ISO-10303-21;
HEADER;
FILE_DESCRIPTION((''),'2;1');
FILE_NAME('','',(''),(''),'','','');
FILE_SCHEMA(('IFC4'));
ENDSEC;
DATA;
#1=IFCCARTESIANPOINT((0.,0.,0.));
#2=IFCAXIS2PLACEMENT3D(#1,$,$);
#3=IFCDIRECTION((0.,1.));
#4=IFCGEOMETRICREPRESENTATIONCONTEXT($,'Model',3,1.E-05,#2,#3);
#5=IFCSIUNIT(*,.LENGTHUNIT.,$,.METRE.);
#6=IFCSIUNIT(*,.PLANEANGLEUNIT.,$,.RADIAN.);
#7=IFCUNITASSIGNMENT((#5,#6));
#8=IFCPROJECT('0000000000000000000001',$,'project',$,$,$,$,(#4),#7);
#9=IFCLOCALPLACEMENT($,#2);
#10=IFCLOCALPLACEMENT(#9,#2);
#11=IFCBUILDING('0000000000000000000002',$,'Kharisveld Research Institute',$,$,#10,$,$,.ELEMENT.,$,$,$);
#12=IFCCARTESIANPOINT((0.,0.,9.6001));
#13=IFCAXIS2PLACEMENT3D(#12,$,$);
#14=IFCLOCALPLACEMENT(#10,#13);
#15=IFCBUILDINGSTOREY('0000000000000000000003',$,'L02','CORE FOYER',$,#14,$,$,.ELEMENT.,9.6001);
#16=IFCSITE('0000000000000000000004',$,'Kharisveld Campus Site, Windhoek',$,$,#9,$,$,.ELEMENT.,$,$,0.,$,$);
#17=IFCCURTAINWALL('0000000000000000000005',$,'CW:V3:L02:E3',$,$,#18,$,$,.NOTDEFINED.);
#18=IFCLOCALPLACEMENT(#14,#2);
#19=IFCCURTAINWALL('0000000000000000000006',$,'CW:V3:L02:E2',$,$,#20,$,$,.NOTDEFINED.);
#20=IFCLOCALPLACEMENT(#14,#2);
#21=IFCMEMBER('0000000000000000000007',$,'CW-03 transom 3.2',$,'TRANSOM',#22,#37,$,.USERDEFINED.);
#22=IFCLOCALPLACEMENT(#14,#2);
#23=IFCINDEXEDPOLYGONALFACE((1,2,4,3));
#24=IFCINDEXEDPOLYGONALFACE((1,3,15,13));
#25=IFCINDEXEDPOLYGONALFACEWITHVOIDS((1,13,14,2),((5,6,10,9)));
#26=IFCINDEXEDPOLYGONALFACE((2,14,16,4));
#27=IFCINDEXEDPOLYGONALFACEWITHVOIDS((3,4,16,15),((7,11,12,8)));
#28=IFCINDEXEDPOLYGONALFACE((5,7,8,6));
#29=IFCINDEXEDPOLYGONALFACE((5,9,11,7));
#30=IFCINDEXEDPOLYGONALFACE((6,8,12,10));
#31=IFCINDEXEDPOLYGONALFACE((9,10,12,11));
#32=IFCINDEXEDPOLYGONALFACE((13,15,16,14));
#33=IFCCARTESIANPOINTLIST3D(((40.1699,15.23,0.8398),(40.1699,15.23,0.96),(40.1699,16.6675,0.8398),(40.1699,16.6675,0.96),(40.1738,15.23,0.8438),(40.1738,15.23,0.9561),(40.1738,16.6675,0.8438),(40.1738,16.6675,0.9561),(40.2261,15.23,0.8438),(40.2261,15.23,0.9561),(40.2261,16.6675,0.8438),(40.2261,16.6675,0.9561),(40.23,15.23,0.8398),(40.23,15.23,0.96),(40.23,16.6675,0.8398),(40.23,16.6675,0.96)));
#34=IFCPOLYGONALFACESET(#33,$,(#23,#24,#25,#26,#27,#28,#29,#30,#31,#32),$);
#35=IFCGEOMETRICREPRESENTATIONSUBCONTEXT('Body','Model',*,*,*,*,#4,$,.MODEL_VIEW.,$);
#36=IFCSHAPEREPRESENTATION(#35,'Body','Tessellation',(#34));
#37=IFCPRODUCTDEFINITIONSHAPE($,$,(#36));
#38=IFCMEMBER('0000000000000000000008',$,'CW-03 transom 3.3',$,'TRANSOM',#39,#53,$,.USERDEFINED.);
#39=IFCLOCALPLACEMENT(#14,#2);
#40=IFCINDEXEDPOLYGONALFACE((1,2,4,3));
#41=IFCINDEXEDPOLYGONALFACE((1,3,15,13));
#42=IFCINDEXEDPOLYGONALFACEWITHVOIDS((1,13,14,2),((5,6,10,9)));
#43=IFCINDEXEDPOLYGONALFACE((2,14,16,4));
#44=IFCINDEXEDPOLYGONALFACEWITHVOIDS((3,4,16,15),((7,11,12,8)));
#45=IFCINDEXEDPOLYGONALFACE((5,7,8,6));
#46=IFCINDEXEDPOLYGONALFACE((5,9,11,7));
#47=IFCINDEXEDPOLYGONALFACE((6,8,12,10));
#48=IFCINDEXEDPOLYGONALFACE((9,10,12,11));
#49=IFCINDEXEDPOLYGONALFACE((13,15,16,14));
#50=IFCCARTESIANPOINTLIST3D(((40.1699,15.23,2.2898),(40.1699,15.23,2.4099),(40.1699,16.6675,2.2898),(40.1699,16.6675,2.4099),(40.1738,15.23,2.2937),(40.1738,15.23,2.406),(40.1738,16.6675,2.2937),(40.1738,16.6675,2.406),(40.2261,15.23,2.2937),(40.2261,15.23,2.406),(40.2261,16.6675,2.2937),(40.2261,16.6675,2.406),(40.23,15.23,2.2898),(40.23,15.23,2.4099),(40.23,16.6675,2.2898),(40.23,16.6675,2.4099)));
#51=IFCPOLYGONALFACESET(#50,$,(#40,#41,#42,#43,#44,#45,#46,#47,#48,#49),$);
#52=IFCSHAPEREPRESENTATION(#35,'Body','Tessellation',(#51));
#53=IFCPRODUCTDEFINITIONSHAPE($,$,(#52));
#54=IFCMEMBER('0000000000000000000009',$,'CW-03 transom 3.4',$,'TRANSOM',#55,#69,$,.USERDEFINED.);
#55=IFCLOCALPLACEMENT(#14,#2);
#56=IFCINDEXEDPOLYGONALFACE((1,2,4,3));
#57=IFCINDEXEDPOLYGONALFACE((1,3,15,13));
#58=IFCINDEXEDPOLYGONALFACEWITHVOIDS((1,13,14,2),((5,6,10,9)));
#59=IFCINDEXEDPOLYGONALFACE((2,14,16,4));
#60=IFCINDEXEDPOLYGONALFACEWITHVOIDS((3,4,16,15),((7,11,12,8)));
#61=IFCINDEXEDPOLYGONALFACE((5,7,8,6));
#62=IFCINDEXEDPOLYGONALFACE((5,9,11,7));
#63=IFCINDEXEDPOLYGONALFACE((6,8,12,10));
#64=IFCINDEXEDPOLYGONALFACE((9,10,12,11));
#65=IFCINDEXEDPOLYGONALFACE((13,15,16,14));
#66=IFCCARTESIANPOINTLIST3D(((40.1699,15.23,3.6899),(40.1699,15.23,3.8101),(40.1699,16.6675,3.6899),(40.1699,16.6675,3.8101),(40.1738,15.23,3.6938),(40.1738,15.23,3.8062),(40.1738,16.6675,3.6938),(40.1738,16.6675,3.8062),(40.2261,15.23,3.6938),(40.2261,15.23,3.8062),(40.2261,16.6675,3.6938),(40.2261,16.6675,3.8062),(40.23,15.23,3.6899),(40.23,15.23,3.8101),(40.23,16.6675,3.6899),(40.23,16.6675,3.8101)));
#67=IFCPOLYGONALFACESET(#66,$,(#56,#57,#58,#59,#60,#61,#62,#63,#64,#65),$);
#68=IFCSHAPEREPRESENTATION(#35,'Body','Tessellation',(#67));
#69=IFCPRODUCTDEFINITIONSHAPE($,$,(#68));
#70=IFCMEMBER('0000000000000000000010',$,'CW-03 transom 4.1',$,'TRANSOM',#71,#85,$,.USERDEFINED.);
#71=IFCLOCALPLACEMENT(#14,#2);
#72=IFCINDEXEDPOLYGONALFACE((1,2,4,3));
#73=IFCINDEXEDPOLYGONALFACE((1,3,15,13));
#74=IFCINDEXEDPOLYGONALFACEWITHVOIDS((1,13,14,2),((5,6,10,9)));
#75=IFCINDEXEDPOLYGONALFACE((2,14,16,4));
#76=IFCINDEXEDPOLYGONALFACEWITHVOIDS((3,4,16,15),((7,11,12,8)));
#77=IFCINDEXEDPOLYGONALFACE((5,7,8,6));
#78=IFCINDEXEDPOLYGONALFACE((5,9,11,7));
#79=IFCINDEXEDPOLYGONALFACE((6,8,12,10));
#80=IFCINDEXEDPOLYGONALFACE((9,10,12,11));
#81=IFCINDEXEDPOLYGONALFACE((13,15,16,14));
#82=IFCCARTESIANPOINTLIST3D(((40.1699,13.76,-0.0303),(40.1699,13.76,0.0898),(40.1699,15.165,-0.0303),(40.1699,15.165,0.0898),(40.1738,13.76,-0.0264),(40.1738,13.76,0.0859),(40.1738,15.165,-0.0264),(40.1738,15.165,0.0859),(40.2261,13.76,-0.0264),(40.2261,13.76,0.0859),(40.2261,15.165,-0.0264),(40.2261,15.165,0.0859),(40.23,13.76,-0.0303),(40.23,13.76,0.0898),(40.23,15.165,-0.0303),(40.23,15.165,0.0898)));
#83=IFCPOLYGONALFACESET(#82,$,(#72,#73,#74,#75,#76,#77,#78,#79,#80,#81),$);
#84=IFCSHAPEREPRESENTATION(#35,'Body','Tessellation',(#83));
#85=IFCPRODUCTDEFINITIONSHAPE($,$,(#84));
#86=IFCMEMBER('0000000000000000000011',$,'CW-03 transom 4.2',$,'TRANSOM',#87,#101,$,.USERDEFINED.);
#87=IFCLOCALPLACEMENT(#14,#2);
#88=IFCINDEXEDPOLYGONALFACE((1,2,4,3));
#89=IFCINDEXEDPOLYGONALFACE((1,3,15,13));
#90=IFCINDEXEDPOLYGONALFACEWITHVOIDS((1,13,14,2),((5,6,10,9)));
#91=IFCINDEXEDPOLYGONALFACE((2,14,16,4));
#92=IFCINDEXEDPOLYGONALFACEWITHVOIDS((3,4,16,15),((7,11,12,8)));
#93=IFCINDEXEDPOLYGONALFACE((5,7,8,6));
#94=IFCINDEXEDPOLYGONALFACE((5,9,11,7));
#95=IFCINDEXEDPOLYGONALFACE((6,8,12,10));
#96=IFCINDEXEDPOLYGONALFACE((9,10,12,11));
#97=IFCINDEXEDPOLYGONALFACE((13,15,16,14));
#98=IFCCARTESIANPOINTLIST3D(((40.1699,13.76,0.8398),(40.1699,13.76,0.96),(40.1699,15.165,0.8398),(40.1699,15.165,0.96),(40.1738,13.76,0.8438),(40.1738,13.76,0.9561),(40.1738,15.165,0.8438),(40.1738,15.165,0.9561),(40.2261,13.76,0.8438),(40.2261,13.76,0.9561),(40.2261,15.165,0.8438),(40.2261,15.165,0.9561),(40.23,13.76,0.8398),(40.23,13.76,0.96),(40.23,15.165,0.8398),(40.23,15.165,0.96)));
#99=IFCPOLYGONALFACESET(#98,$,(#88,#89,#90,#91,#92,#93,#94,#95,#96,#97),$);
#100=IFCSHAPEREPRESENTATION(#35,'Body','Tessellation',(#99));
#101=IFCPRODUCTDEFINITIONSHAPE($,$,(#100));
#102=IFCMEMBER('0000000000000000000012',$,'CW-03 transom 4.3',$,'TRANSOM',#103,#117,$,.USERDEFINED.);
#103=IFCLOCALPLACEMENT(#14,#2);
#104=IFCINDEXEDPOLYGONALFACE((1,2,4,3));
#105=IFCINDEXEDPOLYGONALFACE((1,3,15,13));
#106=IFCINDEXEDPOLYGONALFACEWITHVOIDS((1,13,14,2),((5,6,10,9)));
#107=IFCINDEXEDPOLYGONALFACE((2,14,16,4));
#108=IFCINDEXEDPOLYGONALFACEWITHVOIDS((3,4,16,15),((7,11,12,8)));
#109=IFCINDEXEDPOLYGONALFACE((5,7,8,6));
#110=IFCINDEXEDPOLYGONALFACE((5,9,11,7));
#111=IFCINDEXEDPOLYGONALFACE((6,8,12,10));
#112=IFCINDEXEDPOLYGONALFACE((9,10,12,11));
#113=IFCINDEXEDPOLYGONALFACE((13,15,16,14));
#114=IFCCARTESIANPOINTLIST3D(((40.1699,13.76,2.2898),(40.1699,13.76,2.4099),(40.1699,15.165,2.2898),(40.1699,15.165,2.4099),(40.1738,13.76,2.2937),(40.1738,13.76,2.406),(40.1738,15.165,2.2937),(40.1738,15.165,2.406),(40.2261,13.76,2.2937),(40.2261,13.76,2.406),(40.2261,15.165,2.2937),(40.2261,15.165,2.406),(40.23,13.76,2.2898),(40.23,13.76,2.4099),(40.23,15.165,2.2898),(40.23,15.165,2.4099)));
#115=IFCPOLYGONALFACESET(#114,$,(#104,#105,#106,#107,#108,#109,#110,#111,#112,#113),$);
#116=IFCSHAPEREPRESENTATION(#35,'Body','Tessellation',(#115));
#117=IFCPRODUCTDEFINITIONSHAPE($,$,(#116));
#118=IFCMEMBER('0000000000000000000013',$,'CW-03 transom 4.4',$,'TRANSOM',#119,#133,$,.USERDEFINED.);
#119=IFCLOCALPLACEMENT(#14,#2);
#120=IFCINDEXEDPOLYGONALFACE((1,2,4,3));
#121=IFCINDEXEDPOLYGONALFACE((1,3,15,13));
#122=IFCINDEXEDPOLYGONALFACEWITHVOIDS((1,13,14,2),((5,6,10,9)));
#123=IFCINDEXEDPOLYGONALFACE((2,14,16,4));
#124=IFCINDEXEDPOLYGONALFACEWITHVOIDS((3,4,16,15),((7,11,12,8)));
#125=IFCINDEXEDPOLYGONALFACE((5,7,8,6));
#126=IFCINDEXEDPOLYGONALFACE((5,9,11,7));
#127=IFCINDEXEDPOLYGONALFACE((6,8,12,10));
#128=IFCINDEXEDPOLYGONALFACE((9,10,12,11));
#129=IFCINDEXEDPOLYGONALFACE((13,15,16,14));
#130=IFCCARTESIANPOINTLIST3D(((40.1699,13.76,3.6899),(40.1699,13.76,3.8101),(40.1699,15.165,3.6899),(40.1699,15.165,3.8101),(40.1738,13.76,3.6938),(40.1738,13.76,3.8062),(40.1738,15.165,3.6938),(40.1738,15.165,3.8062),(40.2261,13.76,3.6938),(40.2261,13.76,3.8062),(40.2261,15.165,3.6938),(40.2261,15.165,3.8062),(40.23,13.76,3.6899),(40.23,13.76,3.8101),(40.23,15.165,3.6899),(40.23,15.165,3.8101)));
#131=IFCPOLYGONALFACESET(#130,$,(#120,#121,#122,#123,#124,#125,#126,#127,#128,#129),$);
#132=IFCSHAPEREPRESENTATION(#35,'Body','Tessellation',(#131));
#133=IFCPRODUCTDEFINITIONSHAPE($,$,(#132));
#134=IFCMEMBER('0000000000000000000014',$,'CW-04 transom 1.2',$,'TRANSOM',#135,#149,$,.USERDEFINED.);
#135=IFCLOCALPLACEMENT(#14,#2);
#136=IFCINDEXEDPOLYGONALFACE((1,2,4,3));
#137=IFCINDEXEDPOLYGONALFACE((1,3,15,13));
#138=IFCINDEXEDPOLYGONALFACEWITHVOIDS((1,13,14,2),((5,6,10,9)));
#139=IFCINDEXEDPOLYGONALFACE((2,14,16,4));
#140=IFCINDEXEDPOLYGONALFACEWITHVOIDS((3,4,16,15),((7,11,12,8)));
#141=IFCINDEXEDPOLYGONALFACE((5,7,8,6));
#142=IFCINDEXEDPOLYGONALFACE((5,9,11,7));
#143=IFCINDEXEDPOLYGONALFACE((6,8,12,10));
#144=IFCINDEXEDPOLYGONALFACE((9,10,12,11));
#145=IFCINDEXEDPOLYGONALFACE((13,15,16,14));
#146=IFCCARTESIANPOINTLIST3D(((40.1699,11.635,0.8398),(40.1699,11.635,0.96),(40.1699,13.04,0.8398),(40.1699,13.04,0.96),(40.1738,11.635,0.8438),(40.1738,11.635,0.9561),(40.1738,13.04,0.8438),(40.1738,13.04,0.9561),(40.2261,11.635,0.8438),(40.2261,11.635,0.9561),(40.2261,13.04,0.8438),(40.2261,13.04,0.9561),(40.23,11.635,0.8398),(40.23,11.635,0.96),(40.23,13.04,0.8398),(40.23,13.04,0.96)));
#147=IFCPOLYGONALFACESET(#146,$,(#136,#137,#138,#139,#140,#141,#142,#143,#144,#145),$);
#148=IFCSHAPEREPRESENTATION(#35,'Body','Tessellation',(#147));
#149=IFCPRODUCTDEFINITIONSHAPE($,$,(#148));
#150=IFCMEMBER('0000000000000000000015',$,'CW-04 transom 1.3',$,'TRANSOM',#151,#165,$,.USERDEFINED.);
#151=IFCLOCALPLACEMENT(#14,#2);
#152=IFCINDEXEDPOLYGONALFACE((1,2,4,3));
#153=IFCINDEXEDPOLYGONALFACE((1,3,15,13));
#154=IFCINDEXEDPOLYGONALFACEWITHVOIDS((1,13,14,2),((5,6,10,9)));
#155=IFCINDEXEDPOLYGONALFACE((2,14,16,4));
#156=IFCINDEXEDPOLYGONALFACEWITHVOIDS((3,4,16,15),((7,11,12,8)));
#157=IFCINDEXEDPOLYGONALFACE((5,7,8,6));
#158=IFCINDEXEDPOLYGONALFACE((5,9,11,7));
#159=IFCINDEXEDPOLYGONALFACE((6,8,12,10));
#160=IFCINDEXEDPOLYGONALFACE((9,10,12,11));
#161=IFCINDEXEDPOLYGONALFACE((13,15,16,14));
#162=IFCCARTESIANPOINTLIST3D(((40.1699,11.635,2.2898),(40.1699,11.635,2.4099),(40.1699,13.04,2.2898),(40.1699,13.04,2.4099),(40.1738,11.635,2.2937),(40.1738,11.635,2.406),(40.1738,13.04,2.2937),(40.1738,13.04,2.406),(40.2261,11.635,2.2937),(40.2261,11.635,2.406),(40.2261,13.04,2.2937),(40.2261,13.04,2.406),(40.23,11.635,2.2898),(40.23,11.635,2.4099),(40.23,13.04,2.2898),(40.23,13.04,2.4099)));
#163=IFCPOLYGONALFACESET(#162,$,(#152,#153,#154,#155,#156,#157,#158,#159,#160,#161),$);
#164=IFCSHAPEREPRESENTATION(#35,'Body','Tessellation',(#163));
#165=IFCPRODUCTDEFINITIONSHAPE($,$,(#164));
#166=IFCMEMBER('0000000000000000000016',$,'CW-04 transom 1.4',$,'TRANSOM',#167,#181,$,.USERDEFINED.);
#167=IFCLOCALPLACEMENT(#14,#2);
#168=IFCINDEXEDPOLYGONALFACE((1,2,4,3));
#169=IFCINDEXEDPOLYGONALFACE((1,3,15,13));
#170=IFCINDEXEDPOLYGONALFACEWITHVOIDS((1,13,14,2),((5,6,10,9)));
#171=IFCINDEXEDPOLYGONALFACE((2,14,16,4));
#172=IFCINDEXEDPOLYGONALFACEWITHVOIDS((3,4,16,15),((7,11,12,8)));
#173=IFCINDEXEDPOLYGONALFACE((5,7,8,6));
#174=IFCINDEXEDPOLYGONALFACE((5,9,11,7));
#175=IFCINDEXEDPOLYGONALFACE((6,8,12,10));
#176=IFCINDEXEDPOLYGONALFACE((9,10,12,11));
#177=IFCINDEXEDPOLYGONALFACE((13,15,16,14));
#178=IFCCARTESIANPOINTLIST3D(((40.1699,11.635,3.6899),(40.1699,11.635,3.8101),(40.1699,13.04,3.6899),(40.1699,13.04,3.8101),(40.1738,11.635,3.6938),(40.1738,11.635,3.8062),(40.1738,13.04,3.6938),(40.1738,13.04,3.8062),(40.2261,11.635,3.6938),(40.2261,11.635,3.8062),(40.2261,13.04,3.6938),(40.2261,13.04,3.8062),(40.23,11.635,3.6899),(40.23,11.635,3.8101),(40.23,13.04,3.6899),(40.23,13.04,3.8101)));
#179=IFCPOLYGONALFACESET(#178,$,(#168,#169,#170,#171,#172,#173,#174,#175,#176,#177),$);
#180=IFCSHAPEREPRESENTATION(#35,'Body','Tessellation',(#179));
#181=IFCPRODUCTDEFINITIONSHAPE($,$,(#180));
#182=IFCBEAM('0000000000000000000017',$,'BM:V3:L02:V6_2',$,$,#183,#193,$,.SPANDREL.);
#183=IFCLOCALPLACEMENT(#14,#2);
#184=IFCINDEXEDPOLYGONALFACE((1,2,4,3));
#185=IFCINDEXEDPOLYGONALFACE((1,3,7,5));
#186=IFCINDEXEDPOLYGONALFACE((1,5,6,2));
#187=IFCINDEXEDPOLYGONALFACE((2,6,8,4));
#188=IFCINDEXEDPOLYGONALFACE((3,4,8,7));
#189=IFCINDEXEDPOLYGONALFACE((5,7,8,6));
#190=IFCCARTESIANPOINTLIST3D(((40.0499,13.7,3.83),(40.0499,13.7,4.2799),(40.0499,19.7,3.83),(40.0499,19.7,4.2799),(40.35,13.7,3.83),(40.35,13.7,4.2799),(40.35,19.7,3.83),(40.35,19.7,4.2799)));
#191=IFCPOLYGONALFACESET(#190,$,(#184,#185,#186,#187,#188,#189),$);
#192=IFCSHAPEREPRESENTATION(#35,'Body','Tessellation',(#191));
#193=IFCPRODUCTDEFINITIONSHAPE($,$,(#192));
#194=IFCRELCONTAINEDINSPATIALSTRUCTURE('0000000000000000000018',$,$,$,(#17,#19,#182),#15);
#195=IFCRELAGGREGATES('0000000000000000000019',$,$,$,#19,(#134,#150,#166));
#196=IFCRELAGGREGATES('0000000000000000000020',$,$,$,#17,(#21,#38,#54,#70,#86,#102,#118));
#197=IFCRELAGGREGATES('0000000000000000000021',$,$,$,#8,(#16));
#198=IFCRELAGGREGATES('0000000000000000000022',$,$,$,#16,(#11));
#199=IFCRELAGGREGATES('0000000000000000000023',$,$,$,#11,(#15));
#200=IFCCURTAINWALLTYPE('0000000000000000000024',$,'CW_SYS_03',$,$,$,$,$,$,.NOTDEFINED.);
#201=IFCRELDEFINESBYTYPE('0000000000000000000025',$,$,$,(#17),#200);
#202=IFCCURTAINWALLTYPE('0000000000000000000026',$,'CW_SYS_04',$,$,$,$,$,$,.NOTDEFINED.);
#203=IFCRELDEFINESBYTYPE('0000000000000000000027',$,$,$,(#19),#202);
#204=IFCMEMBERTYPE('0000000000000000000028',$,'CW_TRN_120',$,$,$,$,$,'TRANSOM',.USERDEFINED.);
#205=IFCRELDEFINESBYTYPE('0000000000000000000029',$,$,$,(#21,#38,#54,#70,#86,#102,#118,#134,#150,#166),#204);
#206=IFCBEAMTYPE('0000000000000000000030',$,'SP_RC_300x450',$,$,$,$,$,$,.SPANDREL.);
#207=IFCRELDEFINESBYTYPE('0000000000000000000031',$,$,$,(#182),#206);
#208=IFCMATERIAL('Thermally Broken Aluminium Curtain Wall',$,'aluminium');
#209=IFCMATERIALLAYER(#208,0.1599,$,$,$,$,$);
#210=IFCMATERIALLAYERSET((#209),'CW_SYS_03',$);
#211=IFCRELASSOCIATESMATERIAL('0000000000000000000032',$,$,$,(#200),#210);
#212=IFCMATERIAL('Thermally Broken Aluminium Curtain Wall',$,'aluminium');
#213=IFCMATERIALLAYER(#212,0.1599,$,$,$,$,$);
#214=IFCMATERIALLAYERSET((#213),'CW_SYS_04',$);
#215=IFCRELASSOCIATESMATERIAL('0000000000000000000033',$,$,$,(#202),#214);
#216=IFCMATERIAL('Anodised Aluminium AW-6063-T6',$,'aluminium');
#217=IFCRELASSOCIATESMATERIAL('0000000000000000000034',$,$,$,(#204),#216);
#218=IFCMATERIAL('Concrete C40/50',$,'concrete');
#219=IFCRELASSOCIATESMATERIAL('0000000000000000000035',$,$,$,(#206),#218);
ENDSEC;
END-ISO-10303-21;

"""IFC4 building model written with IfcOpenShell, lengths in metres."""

from ifc_helpers import new_model, si_unit, direction, frame, origin, origin_2d, place, context, subcontext, project, spatial, rectangle, hollow_rectangle, extrude, material, layer, layer_set, material_profile, profile_set, type_object, element, aggregate, save


model = new_model("IFC4")

# Units and contexts
model_context = context("Model", 3, precision=1e-05, world=origin(), true_north=direction((0.0, 1.0)))
body_context = subcontext(model_context, "Body", "Model", "MODEL_VIEW")
ifc_project = project(units=[si_unit("LENGTHUNIT", "METRE"), si_unit("PLANEANGLEUNIT", "RADIAN")], contexts=[model_context])

# Site, building, storey
site_placement = place(None, origin())
site = spatial("IfcSite", under=ifc_project, at=site_placement, Name="Kharisveld Campus Site, Windhoek", CompositionType="ELEMENT", RefElevation=0.0)
building_placement = place(site_placement, origin())
building = spatial("IfcBuilding", under=site, at=building_placement, Name="Kharisveld Research Institute", CompositionType="ELEMENT")
storey_placement = place(building_placement, frame((0.0, 0.0, 9.6001)))
storey = spatial("IfcBuildingStorey", under=building, at=storey_placement, Name="L02", Description="CORE FOYER", CompositionType="ELEMENT", Elevation=9.6001)

# Curtain wall
ifc_material_1 = material(Name="Thermally Broken Aluminium Curtain Wall", Category="aluminium")
ifc_layer_1 = layer(ifc_material_1, 0.1599)
ifc_layer_set_1 = layer_set([ifc_layer_1], Name="CW_SYS_03")
curtain_wall_type_1 = type_object("IfcCurtainWallType", Name="CW_SYS_03", PredefinedType="NOTDEFINED", material=ifc_layer_set_1)
curtain_wall_1_placement = place(storey_placement, origin())
curtain_wall_1 = element("IfcCurtainWall", 1, at=curtain_wall_1_placement, inside=storey, type_object=curtain_wall_type_1, Name="CW:V3:L02:E3", PredefinedType="NOTDEFINED")

# Curtain wall
ifc_material_2 = material(Name="Thermally Broken Aluminium Curtain Wall", Category="aluminium")
ifc_layer_2 = layer(ifc_material_2, 0.1599)
ifc_layer_set_2 = layer_set([ifc_layer_2], Name="CW_SYS_04")
curtain_wall_type_2 = type_object("IfcCurtainWallType", Name="CW_SYS_04", PredefinedType="NOTDEFINED", material=ifc_layer_set_2)
curtain_wall_2_placement = place(storey_placement, origin())
curtain_wall_2 = element("IfcCurtainWall", 2, at=curtain_wall_2_placement, inside=storey, type_object=curtain_wall_type_2, Name="CW:V3:L02:E2", PredefinedType="NOTDEFINED")

# Members
ifc_material_3 = material(Name="Anodised Aluminium AW-6063-T6", Category="aluminium")
ifc_material_profile_1 = material_profile(ifc_material_3, hollow_rectangle(XDim=0.0601, YDim=0.1201, WallThickness=0.0039, at=origin_2d()))
ifc_profile_set_1 = profile_set([ifc_material_profile_1], Name="Anodised Aluminium AW-6063-T6")
member_type_1 = type_object("IfcMemberType", Name="CW_TRN_120", ElementType="TRANSOM", PredefinedType="USERDEFINED", material=ifc_profile_set_1)
member_1_placement = place(storey_placement, frame((40.2, 16.6675, 0.8999), z_axis=(0.0, -1.0, 0.0), x_axis=(1.0, 0.0, 0.0)))
member_1 = element("IfcMember", 3, at=member_1_placement, type_object=member_type_1, Name="CW-03 transom 3.2", ObjectType="TRANSOM", PredefinedType="USERDEFINED", context=body_context, shape_type="SweptSolid", body=[
    extrude(hollow_rectangle(XDim=0.0601, YDim=0.1201, WallThickness=0.0039, at=origin_2d()), origin(), (0.0, 0.0, 1.0), 1.4375),
])
member_2_placement = place(storey_placement, frame((40.2, 16.6675, 2.3499), z_axis=(0.0, -1.0, 0.0), x_axis=(1.0, 0.0, 0.0)))
member_2 = element("IfcMember", 4, at=member_2_placement, type_object=member_type_1, Name="CW-03 transom 3.3", ObjectType="TRANSOM", PredefinedType="USERDEFINED", context=body_context, shape_type="SweptSolid", body=[
    extrude(hollow_rectangle(XDim=0.0601, YDim=0.1201, WallThickness=0.0039, at=origin_2d()), origin(), (0.0, 0.0, 1.0), 1.4375),
])
member_3_placement = place(storey_placement, frame((40.2, 16.6675, 3.75), z_axis=(0.0, -1.0, 0.0), x_axis=(1.0, 0.0, 0.0)))
member_3 = element("IfcMember", 5, at=member_3_placement, type_object=member_type_1, Name="CW-03 transom 3.4", ObjectType="TRANSOM", PredefinedType="USERDEFINED", context=body_context, shape_type="SweptSolid", body=[
    extrude(hollow_rectangle(XDim=0.0601, YDim=0.1201, WallThickness=0.0039, at=origin_2d()), origin(), (0.0, 0.0, 1.0), 1.4375),
])
member_4_placement = place(storey_placement, frame((40.2, 15.165, 0.0298), z_axis=(0.0, -1.0, 0.0), x_axis=(1.0, 0.0, 0.0)))
member_4 = element("IfcMember", 6, at=member_4_placement, type_object=member_type_1, Name="CW-03 transom 4.1", ObjectType="TRANSOM", PredefinedType="USERDEFINED", context=body_context, shape_type="SweptSolid", body=[
    extrude(hollow_rectangle(XDim=0.0601, YDim=0.1201, WallThickness=0.0039, at=origin_2d()), origin(), (0.0, 0.0, 1.0), 1.405),
])
member_5_placement = place(storey_placement, frame((40.2, 15.165, 0.8999), z_axis=(0.0, -1.0, 0.0), x_axis=(1.0, 0.0, 0.0)))
member_5 = element("IfcMember", 7, at=member_5_placement, type_object=member_type_1, Name="CW-03 transom 4.2", ObjectType="TRANSOM", PredefinedType="USERDEFINED", context=body_context, shape_type="SweptSolid", body=[
    extrude(hollow_rectangle(XDim=0.0601, YDim=0.1201, WallThickness=0.0039, at=origin_2d()), origin(), (0.0, 0.0, 1.0), 1.405),
])
member_6_placement = place(storey_placement, frame((40.2, 15.165, 2.3499), z_axis=(0.0, -1.0, 0.0), x_axis=(1.0, 0.0, 0.0)))
member_6 = element("IfcMember", 8, at=member_6_placement, type_object=member_type_1, Name="CW-03 transom 4.3", ObjectType="TRANSOM", PredefinedType="USERDEFINED", context=body_context, shape_type="SweptSolid", body=[
    extrude(hollow_rectangle(XDim=0.0601, YDim=0.1201, WallThickness=0.0039, at=origin_2d()), origin(), (0.0, 0.0, 1.0), 1.405),
])
member_7_placement = place(storey_placement, frame((40.2, 15.165, 3.75), z_axis=(0.0, -1.0, 0.0), x_axis=(1.0, 0.0, 0.0)))
member_7 = element("IfcMember", 9, at=member_7_placement, type_object=member_type_1, Name="CW-03 transom 4.4", ObjectType="TRANSOM", PredefinedType="USERDEFINED", context=body_context, shape_type="SweptSolid", body=[
    extrude(hollow_rectangle(XDim=0.0601, YDim=0.1201, WallThickness=0.0039, at=origin_2d()), origin(), (0.0, 0.0, 1.0), 1.405),
])
member_8_placement = place(storey_placement, frame((40.2, 13.04, 0.8999), z_axis=(0.0, -1.0, 0.0), x_axis=(1.0, 0.0, 0.0)))
member_8 = element("IfcMember", 10, at=member_8_placement, type_object=member_type_1, Name="CW-04 transom 1.2", ObjectType="TRANSOM", PredefinedType="USERDEFINED", context=body_context, shape_type="SweptSolid", body=[
    extrude(hollow_rectangle(XDim=0.0601, YDim=0.1201, WallThickness=0.0039, at=origin_2d()), origin(), (0.0, 0.0, 1.0), 1.405),
])
member_9_placement = place(storey_placement, frame((40.2, 13.04, 2.3499), z_axis=(0.0, -1.0, 0.0), x_axis=(1.0, 0.0, 0.0)))
member_9 = element("IfcMember", 11, at=member_9_placement, type_object=member_type_1, Name="CW-04 transom 1.3", ObjectType="TRANSOM", PredefinedType="USERDEFINED", context=body_context, shape_type="SweptSolid", body=[
    extrude(hollow_rectangle(XDim=0.0601, YDim=0.1201, WallThickness=0.0039, at=origin_2d()), origin(), (0.0, 0.0, 1.0), 1.405),
])
member_10_placement = place(storey_placement, frame((40.2, 13.04, 3.75), z_axis=(0.0, -1.0, 0.0), x_axis=(1.0, 0.0, 0.0)))
member_10 = element("IfcMember", 12, at=member_10_placement, type_object=member_type_1, Name="CW-04 transom 1.4", ObjectType="TRANSOM", PredefinedType="USERDEFINED", context=body_context, shape_type="SweptSolid", body=[
    extrude(hollow_rectangle(XDim=0.0601, YDim=0.1201, WallThickness=0.0039, at=origin_2d()), origin(), (0.0, 0.0, 1.0), 1.405),
])
aggregate(curtain_wall_2, [member_8, member_9, member_10])

# Beam
ifc_material_4 = material(Name="Concrete C40/50", Category="concrete")
ifc_material_profile_2 = material_profile(ifc_material_4, rectangle(XDim=0.3, YDim=0.45, at=origin_2d()))
ifc_profile_set_2 = profile_set([ifc_material_profile_2], Name="Concrete C40/50")
beam_type = type_object("IfcBeamType", Name="SP_RC_300x450", PredefinedType="SPANDREL", material=ifc_profile_set_2)
beam_placement = place(storey_placement, frame((40.2, 13.7, 4.0549), z_axis=(0.0, 1.0, 0.0), x_axis=(-1.0, 0.0, 0.0)))
element("IfcBeam", 13, at=beam_placement, inside=storey, type_object=beam_type, Name="BM:V3:L02:V6_2", PredefinedType="SPANDREL", context=body_context, shape_type="SweptSolid", body=[
    extrude(rectangle(XDim=0.3, YDim=0.45, at=origin_2d()), origin(), (0.0, 0.0, 1.0), 6.0),
])

aggregate(curtain_wall_1, [member_1, member_2, member_3, member_4, member_5, member_6, member_7])

save(model, "model.ifc")
